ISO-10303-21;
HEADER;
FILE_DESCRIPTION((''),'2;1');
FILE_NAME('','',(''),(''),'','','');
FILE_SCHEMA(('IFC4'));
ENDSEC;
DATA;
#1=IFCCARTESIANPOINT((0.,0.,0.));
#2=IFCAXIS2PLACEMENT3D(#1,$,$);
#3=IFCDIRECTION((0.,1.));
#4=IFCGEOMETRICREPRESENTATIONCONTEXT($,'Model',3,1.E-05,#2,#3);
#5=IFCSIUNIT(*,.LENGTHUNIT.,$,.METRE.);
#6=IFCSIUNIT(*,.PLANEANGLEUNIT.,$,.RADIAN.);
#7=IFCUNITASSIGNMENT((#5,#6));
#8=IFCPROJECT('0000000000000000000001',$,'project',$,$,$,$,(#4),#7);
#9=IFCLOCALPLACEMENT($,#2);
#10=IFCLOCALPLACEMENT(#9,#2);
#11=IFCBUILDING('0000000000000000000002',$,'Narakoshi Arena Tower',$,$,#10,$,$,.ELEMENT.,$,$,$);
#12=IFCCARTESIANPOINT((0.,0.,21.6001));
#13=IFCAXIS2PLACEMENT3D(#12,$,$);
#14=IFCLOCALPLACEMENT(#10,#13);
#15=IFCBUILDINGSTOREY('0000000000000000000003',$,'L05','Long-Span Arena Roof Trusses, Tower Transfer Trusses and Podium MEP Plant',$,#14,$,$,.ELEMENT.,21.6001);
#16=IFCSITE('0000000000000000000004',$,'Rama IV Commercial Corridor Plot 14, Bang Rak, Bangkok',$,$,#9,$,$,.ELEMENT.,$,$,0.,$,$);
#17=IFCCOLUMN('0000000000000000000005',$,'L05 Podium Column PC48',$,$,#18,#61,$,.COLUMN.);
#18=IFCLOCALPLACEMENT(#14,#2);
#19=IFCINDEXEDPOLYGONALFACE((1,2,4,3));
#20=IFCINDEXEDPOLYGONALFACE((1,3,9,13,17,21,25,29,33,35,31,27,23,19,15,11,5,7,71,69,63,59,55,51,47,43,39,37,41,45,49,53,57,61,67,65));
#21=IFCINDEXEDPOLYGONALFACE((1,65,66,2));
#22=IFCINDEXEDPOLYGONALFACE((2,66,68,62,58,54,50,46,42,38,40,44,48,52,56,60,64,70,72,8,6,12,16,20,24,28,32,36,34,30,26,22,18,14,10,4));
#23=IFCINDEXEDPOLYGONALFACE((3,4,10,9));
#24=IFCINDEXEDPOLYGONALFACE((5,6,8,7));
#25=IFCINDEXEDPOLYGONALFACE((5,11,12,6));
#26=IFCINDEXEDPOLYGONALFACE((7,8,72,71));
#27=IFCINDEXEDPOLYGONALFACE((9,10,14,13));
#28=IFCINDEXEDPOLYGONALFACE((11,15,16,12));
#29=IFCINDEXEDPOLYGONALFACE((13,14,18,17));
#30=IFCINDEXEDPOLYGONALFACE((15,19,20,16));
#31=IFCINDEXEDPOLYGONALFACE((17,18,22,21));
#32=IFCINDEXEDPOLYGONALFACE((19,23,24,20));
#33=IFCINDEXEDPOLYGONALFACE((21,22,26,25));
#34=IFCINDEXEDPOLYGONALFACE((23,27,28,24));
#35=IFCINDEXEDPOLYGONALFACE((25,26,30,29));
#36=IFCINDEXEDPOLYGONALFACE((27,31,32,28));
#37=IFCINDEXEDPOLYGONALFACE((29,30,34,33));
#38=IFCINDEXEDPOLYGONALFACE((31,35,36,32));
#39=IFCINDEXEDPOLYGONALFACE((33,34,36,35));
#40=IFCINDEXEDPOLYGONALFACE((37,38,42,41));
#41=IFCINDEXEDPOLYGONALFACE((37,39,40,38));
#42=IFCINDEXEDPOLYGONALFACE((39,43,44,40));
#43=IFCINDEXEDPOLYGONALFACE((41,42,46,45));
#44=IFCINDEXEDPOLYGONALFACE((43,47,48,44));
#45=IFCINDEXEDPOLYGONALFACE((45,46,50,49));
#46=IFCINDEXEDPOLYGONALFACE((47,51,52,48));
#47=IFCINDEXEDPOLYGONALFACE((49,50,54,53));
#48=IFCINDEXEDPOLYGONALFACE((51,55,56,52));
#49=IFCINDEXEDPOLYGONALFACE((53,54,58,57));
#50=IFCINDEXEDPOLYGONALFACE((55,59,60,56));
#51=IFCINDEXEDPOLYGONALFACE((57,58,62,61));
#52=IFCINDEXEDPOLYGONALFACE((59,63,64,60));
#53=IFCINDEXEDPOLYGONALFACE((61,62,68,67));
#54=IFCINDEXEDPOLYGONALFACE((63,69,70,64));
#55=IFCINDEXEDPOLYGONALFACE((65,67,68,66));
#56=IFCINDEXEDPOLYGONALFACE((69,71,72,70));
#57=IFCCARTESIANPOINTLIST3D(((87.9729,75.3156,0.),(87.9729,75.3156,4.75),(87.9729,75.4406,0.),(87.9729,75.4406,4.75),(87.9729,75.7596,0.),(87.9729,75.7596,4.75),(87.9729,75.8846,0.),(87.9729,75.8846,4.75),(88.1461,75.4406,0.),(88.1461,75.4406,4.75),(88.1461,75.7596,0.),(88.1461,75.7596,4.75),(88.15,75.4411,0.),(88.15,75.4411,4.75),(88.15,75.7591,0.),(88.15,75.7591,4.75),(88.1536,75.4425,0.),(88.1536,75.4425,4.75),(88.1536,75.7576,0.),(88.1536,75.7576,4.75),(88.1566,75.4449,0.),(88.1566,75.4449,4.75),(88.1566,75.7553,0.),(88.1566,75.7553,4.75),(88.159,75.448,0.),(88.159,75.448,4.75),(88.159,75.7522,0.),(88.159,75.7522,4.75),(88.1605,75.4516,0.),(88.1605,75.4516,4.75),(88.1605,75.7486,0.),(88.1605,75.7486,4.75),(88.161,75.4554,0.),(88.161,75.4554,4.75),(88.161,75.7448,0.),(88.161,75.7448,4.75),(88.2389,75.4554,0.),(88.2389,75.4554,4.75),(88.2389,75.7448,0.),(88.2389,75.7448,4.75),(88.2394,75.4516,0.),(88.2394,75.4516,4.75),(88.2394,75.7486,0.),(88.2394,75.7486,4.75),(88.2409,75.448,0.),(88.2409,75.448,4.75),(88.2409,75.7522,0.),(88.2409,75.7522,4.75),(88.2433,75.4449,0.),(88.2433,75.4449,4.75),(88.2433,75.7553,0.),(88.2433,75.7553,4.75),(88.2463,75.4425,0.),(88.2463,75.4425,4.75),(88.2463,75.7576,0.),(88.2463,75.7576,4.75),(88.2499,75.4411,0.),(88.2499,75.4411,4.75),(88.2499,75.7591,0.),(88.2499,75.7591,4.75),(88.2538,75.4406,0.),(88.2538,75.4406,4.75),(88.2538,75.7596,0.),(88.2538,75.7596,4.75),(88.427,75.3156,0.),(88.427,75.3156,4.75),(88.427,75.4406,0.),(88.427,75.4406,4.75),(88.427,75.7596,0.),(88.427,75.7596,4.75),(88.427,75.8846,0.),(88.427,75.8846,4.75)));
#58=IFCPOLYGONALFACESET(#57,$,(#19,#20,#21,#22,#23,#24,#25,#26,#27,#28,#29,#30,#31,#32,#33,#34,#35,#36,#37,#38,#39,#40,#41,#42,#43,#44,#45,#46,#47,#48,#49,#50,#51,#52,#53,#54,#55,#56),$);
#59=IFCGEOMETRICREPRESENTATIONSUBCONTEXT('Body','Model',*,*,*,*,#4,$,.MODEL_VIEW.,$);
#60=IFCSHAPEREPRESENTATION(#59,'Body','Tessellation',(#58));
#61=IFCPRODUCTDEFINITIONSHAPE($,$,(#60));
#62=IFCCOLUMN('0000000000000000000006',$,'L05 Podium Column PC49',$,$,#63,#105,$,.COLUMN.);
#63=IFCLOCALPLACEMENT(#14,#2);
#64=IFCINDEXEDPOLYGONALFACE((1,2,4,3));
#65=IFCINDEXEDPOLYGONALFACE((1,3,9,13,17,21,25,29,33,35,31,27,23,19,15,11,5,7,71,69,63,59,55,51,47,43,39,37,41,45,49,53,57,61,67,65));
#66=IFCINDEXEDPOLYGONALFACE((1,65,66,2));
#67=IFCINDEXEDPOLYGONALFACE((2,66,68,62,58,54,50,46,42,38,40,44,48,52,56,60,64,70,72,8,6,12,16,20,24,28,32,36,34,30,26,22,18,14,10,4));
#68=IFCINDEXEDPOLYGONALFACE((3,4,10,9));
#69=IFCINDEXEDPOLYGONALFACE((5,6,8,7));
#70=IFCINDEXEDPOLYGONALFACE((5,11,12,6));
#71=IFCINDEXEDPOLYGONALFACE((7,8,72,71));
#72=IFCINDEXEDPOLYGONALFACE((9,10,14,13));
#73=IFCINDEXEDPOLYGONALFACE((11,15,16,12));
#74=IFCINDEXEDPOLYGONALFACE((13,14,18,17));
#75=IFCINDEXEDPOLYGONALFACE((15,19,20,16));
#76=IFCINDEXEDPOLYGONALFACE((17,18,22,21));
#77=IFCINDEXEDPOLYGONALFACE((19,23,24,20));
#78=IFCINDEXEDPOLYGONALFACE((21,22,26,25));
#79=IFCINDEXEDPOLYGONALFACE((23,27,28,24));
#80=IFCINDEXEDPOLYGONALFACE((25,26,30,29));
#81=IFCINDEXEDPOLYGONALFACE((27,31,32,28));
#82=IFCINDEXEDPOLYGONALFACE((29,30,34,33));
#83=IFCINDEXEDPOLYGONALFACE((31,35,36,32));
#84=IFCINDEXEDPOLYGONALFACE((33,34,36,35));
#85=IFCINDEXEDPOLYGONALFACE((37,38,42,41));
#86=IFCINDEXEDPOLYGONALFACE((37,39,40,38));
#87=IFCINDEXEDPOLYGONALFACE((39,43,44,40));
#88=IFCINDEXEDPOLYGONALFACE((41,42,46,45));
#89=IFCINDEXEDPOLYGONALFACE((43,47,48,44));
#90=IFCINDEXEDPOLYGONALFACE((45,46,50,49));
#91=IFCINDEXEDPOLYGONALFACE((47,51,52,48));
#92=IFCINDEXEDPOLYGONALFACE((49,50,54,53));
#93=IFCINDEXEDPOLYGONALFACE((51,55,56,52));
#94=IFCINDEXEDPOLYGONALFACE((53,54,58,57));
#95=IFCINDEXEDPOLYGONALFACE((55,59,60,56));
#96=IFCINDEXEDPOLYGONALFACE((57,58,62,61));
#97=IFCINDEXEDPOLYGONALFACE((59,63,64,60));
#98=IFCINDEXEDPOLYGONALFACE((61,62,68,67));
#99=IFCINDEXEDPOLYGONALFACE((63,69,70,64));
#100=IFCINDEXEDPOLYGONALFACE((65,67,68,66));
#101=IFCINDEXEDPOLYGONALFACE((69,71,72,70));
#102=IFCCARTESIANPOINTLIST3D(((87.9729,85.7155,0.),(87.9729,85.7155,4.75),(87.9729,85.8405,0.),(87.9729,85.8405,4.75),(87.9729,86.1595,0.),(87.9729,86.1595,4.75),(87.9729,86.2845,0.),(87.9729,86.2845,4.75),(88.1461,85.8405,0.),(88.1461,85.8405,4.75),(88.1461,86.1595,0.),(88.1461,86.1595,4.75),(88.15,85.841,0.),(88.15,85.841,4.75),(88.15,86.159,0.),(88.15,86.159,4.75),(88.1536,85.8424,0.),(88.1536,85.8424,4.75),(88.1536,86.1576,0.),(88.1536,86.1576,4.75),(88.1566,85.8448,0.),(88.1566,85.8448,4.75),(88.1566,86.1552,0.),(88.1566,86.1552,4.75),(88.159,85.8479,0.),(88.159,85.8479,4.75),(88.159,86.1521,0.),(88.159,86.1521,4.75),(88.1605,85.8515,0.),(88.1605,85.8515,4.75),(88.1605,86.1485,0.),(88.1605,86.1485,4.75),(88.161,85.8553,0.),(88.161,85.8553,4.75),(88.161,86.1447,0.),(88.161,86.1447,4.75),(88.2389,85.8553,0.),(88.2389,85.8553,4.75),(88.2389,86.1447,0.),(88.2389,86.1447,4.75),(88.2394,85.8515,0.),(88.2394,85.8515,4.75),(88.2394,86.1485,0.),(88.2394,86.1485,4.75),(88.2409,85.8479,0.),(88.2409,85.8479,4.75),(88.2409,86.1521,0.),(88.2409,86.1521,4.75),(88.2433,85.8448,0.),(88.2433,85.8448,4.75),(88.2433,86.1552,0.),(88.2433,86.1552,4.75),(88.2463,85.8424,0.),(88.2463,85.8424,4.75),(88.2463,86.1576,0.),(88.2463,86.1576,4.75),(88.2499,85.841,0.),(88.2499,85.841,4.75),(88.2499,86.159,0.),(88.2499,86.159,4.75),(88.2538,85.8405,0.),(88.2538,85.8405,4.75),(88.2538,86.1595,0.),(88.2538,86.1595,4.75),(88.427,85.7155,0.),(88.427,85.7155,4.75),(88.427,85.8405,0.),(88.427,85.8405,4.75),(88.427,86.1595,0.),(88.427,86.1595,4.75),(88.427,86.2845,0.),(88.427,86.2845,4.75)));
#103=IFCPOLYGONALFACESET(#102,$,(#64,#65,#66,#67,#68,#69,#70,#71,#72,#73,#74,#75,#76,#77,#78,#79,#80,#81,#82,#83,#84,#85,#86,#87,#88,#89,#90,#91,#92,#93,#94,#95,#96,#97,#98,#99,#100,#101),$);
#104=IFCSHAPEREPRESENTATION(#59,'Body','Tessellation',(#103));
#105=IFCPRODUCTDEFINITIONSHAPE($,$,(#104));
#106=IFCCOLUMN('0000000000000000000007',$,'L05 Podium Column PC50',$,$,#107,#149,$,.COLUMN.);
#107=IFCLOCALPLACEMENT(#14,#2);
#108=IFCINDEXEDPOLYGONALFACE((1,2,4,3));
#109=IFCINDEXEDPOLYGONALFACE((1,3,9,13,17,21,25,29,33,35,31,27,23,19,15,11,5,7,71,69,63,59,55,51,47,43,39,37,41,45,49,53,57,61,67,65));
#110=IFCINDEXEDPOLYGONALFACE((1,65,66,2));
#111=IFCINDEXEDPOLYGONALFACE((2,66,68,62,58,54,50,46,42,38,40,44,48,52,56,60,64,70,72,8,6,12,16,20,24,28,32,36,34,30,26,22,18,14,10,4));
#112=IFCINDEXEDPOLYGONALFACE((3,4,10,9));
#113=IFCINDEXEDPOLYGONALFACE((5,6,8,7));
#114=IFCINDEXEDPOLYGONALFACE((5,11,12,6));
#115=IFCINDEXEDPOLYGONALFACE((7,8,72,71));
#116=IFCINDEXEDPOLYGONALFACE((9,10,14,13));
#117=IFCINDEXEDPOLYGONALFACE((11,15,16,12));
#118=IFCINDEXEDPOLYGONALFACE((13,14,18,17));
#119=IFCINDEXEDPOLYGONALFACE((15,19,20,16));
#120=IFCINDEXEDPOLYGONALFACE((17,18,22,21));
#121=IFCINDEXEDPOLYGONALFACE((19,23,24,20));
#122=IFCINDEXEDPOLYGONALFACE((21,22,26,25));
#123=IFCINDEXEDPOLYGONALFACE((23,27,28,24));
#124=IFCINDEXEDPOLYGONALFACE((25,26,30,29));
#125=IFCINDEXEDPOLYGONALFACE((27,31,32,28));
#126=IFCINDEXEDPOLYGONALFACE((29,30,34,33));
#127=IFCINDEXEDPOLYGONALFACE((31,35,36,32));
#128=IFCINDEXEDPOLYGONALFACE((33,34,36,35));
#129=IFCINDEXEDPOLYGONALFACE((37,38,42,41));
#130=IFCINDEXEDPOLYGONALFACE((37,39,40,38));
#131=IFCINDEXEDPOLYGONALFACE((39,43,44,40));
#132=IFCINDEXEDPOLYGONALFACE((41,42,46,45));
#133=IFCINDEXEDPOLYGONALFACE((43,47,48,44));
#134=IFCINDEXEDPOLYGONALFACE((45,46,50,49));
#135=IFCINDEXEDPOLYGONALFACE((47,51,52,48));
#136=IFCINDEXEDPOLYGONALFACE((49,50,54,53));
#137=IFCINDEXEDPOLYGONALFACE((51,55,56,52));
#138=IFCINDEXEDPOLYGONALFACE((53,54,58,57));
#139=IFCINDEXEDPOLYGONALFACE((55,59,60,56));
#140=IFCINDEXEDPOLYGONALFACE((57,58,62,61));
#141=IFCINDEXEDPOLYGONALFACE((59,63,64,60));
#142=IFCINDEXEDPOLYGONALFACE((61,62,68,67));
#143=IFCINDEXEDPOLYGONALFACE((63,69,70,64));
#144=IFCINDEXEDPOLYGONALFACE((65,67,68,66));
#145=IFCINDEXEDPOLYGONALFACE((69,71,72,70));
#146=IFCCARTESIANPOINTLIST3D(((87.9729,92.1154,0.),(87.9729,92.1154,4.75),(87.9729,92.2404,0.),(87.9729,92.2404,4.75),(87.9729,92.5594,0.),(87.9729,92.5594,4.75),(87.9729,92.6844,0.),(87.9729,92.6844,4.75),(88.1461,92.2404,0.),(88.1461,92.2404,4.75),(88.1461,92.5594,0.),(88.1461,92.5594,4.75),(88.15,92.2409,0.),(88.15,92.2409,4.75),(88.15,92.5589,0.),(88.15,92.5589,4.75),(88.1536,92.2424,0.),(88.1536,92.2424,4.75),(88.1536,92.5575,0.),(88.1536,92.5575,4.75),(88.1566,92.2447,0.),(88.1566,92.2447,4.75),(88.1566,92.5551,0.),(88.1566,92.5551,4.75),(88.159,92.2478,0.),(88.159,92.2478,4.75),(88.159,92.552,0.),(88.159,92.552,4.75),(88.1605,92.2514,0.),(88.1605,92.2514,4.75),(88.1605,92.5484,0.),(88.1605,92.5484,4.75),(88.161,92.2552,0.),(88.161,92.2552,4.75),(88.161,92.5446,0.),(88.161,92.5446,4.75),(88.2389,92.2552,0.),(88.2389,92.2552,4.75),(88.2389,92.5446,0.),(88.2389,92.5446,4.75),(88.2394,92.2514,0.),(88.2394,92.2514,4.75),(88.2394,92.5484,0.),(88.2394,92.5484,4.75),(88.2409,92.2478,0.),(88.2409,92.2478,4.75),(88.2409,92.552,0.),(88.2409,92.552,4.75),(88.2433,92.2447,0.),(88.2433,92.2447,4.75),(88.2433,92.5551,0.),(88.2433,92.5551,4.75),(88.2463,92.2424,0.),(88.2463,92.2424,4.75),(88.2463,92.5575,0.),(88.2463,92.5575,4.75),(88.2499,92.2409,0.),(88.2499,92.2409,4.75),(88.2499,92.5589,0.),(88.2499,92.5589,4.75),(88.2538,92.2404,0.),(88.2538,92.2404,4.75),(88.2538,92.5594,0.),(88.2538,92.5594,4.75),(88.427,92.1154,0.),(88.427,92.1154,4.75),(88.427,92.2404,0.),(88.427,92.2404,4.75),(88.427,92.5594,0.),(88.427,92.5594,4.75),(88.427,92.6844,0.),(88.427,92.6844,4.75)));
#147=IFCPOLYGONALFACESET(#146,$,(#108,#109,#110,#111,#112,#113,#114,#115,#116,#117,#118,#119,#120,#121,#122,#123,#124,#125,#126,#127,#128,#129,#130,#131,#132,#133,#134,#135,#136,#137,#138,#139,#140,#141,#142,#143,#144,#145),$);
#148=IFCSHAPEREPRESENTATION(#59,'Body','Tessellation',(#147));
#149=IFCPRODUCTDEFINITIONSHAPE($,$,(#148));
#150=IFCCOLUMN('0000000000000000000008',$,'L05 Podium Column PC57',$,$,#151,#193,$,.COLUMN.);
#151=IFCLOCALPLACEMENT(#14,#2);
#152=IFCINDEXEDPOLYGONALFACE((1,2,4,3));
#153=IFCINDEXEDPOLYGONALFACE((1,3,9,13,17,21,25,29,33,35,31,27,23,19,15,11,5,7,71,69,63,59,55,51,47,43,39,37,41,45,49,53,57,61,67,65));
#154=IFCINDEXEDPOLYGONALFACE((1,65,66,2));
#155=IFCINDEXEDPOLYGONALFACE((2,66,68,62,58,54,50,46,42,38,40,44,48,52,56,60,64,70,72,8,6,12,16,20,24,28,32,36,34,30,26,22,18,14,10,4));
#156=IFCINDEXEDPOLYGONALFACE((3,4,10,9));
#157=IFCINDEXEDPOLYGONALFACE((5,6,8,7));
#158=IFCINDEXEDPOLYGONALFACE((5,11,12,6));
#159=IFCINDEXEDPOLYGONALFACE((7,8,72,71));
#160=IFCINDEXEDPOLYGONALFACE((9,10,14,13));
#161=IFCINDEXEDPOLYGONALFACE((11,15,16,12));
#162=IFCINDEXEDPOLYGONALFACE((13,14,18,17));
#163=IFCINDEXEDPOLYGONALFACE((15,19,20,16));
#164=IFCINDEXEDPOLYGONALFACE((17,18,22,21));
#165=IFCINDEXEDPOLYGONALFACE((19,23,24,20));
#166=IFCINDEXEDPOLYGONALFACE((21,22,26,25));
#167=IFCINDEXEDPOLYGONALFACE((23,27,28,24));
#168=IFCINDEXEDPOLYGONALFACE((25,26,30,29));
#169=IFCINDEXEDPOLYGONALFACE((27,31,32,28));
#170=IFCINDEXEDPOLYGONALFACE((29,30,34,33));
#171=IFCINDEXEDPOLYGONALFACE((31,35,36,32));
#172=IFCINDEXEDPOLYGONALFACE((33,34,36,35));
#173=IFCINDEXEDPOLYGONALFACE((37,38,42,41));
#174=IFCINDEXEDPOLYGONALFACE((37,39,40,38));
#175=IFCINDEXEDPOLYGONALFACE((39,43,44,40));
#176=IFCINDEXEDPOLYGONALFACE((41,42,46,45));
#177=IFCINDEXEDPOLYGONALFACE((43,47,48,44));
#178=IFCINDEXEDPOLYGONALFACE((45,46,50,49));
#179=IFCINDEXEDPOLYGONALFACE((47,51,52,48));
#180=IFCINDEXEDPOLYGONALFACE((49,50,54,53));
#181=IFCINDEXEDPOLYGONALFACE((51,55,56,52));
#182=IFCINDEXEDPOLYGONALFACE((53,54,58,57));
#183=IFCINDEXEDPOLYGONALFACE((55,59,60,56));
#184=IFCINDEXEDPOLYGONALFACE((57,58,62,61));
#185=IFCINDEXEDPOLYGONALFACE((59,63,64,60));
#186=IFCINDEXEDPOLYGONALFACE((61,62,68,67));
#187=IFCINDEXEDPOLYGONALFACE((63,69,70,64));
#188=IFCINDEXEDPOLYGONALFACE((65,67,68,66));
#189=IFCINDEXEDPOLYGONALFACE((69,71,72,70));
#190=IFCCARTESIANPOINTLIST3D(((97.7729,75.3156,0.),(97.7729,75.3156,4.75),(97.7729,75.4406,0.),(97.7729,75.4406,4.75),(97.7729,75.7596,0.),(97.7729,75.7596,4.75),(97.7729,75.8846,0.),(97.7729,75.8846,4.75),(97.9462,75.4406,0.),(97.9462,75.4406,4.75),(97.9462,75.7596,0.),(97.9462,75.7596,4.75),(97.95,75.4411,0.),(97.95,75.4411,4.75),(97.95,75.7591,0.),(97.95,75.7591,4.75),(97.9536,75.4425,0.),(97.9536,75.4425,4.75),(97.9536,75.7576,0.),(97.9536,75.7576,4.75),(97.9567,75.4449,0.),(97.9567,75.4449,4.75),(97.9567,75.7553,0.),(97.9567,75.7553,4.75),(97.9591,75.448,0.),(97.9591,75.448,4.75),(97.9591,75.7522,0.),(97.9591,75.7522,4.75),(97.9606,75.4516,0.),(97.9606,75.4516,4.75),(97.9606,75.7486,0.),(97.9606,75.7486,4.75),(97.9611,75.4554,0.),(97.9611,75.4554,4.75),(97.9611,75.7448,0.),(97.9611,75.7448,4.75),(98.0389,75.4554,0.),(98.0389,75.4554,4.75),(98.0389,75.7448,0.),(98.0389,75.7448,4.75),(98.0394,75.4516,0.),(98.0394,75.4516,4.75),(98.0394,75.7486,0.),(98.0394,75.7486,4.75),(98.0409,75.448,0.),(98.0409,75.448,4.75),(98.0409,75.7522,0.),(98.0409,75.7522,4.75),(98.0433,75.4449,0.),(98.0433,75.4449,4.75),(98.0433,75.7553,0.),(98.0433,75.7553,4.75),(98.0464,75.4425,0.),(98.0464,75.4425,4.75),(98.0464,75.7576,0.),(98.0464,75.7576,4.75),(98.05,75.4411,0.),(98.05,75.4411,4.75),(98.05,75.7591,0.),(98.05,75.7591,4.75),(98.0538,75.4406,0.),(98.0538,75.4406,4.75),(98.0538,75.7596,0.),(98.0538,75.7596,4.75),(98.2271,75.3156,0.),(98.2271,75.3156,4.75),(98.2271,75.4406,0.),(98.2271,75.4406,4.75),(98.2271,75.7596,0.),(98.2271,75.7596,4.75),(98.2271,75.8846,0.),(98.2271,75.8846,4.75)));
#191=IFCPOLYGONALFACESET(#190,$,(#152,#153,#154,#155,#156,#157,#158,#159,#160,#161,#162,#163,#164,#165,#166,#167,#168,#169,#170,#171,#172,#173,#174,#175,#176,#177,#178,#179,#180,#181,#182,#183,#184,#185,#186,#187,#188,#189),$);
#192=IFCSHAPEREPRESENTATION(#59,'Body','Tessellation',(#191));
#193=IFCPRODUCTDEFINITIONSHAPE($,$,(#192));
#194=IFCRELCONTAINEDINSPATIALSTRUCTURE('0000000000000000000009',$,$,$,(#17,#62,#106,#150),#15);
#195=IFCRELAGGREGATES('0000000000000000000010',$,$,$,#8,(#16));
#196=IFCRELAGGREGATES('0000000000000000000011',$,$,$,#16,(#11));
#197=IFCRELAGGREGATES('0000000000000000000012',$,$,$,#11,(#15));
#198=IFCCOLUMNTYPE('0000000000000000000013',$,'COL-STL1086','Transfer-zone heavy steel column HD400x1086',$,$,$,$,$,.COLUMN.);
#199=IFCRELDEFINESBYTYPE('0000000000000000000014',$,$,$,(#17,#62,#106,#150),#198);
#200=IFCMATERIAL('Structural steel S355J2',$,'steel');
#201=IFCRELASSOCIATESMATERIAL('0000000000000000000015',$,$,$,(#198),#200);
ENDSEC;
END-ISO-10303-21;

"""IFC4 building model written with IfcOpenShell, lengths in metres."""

from ifc_helpers import new_model, si_unit, direction, frame, origin, origin_2d, place, context, subcontext, project, spatial, i_section, extrude, material, material_profile, profile_set, type_object, element, save


model = new_model("IFC4")

# Units and contexts
model_context = context("Model", 3, precision=1e-05, world=origin(), true_north=direction((0.0, 1.0)))
body_context = subcontext(model_context, "Body", "Model", "MODEL_VIEW")
ifc_project = project(units=[si_unit("LENGTHUNIT", "METRE"), si_unit("PLANEANGLEUNIT", "RADIAN")], contexts=[model_context])

# Site, building, storey
site_placement = place(None, origin())
site = spatial("IfcSite", under=ifc_project, at=site_placement, Name="Rama IV Commercial Corridor Plot 14, Bang Rak, Bangkok", CompositionType="ELEMENT", RefElevation=0.0)
building_placement = place(site_placement, origin())
building = spatial("IfcBuilding", under=site, at=building_placement, Name="Narakoshi Arena Tower", CompositionType="ELEMENT")
storey_placement = place(building_placement, frame((0.0, 0.0, 21.6001)))
storey = spatial("IfcBuildingStorey", under=building, at=storey_placement, Name="L05", Description="Long-Span Arena Roof Trusses, Tower Transfer Trusses and Podium MEP Plant", CompositionType="ELEMENT", Elevation=21.6001)

# Columns
ifc_material_1 = material(Name="Structural steel S355J2", Category="steel")
ifc_material_profile_1 = material_profile(ifc_material_1, i_section(OverallWidth=0.4541, OverallDepth=0.5691, WebThickness=0.0779, FlangeThickness=0.125, FilletRadius=0.0149, at=origin_2d()), Name="HD400x1086")
ifc_profile_set_1 = profile_set([ifc_material_profile_1], Name="Structural steel S355J2")
column_type = type_object("IfcColumnType", Name="COL-STL1086", Description="Transfer-zone heavy steel column HD400x1086", PredefinedType="COLUMN", material=ifc_profile_set_1)
for number, where, z_axis, x_axis, name in (
    (1, (88.2, 75.6001, 0.0), (0.0, 0.0, 1.0), (1.0, 0.0, 0.0), "L05 Podium Column PC48"),
    (2, (88.2, 86.0, 0.0), (0.0, 0.0, 1.0), (1.0, 0.0, 0.0), "L05 Podium Column PC49"),
    (3, (88.2, 92.3999, 0.0), (0.0, 0.0, 1.0), (1.0, 0.0, 0.0), "L05 Podium Column PC50"),
    (4, (98.0, 75.6001, 0.0), (0.0, 0.0, 1.0), (1.0, 0.0, 0.0), "L05 Podium Column PC57"),
):
    element("IfcColumn", number, at=place(storey_placement, frame(where, z_axis=z_axis, x_axis=x_axis)), inside=storey, type_object=column_type, Name=name, PredefinedType="COLUMN", context=body_context, shape_type="SweptSolid", body=[
        extrude(i_section(OverallWidth=0.4541, OverallDepth=0.5691, WebThickness=0.0779, FlangeThickness=0.125, FilletRadius=0.0149, at=origin_2d()), origin(), (0.0, 0.0, 1.0), 4.75),
    ])

save(model, "model.ifc")
